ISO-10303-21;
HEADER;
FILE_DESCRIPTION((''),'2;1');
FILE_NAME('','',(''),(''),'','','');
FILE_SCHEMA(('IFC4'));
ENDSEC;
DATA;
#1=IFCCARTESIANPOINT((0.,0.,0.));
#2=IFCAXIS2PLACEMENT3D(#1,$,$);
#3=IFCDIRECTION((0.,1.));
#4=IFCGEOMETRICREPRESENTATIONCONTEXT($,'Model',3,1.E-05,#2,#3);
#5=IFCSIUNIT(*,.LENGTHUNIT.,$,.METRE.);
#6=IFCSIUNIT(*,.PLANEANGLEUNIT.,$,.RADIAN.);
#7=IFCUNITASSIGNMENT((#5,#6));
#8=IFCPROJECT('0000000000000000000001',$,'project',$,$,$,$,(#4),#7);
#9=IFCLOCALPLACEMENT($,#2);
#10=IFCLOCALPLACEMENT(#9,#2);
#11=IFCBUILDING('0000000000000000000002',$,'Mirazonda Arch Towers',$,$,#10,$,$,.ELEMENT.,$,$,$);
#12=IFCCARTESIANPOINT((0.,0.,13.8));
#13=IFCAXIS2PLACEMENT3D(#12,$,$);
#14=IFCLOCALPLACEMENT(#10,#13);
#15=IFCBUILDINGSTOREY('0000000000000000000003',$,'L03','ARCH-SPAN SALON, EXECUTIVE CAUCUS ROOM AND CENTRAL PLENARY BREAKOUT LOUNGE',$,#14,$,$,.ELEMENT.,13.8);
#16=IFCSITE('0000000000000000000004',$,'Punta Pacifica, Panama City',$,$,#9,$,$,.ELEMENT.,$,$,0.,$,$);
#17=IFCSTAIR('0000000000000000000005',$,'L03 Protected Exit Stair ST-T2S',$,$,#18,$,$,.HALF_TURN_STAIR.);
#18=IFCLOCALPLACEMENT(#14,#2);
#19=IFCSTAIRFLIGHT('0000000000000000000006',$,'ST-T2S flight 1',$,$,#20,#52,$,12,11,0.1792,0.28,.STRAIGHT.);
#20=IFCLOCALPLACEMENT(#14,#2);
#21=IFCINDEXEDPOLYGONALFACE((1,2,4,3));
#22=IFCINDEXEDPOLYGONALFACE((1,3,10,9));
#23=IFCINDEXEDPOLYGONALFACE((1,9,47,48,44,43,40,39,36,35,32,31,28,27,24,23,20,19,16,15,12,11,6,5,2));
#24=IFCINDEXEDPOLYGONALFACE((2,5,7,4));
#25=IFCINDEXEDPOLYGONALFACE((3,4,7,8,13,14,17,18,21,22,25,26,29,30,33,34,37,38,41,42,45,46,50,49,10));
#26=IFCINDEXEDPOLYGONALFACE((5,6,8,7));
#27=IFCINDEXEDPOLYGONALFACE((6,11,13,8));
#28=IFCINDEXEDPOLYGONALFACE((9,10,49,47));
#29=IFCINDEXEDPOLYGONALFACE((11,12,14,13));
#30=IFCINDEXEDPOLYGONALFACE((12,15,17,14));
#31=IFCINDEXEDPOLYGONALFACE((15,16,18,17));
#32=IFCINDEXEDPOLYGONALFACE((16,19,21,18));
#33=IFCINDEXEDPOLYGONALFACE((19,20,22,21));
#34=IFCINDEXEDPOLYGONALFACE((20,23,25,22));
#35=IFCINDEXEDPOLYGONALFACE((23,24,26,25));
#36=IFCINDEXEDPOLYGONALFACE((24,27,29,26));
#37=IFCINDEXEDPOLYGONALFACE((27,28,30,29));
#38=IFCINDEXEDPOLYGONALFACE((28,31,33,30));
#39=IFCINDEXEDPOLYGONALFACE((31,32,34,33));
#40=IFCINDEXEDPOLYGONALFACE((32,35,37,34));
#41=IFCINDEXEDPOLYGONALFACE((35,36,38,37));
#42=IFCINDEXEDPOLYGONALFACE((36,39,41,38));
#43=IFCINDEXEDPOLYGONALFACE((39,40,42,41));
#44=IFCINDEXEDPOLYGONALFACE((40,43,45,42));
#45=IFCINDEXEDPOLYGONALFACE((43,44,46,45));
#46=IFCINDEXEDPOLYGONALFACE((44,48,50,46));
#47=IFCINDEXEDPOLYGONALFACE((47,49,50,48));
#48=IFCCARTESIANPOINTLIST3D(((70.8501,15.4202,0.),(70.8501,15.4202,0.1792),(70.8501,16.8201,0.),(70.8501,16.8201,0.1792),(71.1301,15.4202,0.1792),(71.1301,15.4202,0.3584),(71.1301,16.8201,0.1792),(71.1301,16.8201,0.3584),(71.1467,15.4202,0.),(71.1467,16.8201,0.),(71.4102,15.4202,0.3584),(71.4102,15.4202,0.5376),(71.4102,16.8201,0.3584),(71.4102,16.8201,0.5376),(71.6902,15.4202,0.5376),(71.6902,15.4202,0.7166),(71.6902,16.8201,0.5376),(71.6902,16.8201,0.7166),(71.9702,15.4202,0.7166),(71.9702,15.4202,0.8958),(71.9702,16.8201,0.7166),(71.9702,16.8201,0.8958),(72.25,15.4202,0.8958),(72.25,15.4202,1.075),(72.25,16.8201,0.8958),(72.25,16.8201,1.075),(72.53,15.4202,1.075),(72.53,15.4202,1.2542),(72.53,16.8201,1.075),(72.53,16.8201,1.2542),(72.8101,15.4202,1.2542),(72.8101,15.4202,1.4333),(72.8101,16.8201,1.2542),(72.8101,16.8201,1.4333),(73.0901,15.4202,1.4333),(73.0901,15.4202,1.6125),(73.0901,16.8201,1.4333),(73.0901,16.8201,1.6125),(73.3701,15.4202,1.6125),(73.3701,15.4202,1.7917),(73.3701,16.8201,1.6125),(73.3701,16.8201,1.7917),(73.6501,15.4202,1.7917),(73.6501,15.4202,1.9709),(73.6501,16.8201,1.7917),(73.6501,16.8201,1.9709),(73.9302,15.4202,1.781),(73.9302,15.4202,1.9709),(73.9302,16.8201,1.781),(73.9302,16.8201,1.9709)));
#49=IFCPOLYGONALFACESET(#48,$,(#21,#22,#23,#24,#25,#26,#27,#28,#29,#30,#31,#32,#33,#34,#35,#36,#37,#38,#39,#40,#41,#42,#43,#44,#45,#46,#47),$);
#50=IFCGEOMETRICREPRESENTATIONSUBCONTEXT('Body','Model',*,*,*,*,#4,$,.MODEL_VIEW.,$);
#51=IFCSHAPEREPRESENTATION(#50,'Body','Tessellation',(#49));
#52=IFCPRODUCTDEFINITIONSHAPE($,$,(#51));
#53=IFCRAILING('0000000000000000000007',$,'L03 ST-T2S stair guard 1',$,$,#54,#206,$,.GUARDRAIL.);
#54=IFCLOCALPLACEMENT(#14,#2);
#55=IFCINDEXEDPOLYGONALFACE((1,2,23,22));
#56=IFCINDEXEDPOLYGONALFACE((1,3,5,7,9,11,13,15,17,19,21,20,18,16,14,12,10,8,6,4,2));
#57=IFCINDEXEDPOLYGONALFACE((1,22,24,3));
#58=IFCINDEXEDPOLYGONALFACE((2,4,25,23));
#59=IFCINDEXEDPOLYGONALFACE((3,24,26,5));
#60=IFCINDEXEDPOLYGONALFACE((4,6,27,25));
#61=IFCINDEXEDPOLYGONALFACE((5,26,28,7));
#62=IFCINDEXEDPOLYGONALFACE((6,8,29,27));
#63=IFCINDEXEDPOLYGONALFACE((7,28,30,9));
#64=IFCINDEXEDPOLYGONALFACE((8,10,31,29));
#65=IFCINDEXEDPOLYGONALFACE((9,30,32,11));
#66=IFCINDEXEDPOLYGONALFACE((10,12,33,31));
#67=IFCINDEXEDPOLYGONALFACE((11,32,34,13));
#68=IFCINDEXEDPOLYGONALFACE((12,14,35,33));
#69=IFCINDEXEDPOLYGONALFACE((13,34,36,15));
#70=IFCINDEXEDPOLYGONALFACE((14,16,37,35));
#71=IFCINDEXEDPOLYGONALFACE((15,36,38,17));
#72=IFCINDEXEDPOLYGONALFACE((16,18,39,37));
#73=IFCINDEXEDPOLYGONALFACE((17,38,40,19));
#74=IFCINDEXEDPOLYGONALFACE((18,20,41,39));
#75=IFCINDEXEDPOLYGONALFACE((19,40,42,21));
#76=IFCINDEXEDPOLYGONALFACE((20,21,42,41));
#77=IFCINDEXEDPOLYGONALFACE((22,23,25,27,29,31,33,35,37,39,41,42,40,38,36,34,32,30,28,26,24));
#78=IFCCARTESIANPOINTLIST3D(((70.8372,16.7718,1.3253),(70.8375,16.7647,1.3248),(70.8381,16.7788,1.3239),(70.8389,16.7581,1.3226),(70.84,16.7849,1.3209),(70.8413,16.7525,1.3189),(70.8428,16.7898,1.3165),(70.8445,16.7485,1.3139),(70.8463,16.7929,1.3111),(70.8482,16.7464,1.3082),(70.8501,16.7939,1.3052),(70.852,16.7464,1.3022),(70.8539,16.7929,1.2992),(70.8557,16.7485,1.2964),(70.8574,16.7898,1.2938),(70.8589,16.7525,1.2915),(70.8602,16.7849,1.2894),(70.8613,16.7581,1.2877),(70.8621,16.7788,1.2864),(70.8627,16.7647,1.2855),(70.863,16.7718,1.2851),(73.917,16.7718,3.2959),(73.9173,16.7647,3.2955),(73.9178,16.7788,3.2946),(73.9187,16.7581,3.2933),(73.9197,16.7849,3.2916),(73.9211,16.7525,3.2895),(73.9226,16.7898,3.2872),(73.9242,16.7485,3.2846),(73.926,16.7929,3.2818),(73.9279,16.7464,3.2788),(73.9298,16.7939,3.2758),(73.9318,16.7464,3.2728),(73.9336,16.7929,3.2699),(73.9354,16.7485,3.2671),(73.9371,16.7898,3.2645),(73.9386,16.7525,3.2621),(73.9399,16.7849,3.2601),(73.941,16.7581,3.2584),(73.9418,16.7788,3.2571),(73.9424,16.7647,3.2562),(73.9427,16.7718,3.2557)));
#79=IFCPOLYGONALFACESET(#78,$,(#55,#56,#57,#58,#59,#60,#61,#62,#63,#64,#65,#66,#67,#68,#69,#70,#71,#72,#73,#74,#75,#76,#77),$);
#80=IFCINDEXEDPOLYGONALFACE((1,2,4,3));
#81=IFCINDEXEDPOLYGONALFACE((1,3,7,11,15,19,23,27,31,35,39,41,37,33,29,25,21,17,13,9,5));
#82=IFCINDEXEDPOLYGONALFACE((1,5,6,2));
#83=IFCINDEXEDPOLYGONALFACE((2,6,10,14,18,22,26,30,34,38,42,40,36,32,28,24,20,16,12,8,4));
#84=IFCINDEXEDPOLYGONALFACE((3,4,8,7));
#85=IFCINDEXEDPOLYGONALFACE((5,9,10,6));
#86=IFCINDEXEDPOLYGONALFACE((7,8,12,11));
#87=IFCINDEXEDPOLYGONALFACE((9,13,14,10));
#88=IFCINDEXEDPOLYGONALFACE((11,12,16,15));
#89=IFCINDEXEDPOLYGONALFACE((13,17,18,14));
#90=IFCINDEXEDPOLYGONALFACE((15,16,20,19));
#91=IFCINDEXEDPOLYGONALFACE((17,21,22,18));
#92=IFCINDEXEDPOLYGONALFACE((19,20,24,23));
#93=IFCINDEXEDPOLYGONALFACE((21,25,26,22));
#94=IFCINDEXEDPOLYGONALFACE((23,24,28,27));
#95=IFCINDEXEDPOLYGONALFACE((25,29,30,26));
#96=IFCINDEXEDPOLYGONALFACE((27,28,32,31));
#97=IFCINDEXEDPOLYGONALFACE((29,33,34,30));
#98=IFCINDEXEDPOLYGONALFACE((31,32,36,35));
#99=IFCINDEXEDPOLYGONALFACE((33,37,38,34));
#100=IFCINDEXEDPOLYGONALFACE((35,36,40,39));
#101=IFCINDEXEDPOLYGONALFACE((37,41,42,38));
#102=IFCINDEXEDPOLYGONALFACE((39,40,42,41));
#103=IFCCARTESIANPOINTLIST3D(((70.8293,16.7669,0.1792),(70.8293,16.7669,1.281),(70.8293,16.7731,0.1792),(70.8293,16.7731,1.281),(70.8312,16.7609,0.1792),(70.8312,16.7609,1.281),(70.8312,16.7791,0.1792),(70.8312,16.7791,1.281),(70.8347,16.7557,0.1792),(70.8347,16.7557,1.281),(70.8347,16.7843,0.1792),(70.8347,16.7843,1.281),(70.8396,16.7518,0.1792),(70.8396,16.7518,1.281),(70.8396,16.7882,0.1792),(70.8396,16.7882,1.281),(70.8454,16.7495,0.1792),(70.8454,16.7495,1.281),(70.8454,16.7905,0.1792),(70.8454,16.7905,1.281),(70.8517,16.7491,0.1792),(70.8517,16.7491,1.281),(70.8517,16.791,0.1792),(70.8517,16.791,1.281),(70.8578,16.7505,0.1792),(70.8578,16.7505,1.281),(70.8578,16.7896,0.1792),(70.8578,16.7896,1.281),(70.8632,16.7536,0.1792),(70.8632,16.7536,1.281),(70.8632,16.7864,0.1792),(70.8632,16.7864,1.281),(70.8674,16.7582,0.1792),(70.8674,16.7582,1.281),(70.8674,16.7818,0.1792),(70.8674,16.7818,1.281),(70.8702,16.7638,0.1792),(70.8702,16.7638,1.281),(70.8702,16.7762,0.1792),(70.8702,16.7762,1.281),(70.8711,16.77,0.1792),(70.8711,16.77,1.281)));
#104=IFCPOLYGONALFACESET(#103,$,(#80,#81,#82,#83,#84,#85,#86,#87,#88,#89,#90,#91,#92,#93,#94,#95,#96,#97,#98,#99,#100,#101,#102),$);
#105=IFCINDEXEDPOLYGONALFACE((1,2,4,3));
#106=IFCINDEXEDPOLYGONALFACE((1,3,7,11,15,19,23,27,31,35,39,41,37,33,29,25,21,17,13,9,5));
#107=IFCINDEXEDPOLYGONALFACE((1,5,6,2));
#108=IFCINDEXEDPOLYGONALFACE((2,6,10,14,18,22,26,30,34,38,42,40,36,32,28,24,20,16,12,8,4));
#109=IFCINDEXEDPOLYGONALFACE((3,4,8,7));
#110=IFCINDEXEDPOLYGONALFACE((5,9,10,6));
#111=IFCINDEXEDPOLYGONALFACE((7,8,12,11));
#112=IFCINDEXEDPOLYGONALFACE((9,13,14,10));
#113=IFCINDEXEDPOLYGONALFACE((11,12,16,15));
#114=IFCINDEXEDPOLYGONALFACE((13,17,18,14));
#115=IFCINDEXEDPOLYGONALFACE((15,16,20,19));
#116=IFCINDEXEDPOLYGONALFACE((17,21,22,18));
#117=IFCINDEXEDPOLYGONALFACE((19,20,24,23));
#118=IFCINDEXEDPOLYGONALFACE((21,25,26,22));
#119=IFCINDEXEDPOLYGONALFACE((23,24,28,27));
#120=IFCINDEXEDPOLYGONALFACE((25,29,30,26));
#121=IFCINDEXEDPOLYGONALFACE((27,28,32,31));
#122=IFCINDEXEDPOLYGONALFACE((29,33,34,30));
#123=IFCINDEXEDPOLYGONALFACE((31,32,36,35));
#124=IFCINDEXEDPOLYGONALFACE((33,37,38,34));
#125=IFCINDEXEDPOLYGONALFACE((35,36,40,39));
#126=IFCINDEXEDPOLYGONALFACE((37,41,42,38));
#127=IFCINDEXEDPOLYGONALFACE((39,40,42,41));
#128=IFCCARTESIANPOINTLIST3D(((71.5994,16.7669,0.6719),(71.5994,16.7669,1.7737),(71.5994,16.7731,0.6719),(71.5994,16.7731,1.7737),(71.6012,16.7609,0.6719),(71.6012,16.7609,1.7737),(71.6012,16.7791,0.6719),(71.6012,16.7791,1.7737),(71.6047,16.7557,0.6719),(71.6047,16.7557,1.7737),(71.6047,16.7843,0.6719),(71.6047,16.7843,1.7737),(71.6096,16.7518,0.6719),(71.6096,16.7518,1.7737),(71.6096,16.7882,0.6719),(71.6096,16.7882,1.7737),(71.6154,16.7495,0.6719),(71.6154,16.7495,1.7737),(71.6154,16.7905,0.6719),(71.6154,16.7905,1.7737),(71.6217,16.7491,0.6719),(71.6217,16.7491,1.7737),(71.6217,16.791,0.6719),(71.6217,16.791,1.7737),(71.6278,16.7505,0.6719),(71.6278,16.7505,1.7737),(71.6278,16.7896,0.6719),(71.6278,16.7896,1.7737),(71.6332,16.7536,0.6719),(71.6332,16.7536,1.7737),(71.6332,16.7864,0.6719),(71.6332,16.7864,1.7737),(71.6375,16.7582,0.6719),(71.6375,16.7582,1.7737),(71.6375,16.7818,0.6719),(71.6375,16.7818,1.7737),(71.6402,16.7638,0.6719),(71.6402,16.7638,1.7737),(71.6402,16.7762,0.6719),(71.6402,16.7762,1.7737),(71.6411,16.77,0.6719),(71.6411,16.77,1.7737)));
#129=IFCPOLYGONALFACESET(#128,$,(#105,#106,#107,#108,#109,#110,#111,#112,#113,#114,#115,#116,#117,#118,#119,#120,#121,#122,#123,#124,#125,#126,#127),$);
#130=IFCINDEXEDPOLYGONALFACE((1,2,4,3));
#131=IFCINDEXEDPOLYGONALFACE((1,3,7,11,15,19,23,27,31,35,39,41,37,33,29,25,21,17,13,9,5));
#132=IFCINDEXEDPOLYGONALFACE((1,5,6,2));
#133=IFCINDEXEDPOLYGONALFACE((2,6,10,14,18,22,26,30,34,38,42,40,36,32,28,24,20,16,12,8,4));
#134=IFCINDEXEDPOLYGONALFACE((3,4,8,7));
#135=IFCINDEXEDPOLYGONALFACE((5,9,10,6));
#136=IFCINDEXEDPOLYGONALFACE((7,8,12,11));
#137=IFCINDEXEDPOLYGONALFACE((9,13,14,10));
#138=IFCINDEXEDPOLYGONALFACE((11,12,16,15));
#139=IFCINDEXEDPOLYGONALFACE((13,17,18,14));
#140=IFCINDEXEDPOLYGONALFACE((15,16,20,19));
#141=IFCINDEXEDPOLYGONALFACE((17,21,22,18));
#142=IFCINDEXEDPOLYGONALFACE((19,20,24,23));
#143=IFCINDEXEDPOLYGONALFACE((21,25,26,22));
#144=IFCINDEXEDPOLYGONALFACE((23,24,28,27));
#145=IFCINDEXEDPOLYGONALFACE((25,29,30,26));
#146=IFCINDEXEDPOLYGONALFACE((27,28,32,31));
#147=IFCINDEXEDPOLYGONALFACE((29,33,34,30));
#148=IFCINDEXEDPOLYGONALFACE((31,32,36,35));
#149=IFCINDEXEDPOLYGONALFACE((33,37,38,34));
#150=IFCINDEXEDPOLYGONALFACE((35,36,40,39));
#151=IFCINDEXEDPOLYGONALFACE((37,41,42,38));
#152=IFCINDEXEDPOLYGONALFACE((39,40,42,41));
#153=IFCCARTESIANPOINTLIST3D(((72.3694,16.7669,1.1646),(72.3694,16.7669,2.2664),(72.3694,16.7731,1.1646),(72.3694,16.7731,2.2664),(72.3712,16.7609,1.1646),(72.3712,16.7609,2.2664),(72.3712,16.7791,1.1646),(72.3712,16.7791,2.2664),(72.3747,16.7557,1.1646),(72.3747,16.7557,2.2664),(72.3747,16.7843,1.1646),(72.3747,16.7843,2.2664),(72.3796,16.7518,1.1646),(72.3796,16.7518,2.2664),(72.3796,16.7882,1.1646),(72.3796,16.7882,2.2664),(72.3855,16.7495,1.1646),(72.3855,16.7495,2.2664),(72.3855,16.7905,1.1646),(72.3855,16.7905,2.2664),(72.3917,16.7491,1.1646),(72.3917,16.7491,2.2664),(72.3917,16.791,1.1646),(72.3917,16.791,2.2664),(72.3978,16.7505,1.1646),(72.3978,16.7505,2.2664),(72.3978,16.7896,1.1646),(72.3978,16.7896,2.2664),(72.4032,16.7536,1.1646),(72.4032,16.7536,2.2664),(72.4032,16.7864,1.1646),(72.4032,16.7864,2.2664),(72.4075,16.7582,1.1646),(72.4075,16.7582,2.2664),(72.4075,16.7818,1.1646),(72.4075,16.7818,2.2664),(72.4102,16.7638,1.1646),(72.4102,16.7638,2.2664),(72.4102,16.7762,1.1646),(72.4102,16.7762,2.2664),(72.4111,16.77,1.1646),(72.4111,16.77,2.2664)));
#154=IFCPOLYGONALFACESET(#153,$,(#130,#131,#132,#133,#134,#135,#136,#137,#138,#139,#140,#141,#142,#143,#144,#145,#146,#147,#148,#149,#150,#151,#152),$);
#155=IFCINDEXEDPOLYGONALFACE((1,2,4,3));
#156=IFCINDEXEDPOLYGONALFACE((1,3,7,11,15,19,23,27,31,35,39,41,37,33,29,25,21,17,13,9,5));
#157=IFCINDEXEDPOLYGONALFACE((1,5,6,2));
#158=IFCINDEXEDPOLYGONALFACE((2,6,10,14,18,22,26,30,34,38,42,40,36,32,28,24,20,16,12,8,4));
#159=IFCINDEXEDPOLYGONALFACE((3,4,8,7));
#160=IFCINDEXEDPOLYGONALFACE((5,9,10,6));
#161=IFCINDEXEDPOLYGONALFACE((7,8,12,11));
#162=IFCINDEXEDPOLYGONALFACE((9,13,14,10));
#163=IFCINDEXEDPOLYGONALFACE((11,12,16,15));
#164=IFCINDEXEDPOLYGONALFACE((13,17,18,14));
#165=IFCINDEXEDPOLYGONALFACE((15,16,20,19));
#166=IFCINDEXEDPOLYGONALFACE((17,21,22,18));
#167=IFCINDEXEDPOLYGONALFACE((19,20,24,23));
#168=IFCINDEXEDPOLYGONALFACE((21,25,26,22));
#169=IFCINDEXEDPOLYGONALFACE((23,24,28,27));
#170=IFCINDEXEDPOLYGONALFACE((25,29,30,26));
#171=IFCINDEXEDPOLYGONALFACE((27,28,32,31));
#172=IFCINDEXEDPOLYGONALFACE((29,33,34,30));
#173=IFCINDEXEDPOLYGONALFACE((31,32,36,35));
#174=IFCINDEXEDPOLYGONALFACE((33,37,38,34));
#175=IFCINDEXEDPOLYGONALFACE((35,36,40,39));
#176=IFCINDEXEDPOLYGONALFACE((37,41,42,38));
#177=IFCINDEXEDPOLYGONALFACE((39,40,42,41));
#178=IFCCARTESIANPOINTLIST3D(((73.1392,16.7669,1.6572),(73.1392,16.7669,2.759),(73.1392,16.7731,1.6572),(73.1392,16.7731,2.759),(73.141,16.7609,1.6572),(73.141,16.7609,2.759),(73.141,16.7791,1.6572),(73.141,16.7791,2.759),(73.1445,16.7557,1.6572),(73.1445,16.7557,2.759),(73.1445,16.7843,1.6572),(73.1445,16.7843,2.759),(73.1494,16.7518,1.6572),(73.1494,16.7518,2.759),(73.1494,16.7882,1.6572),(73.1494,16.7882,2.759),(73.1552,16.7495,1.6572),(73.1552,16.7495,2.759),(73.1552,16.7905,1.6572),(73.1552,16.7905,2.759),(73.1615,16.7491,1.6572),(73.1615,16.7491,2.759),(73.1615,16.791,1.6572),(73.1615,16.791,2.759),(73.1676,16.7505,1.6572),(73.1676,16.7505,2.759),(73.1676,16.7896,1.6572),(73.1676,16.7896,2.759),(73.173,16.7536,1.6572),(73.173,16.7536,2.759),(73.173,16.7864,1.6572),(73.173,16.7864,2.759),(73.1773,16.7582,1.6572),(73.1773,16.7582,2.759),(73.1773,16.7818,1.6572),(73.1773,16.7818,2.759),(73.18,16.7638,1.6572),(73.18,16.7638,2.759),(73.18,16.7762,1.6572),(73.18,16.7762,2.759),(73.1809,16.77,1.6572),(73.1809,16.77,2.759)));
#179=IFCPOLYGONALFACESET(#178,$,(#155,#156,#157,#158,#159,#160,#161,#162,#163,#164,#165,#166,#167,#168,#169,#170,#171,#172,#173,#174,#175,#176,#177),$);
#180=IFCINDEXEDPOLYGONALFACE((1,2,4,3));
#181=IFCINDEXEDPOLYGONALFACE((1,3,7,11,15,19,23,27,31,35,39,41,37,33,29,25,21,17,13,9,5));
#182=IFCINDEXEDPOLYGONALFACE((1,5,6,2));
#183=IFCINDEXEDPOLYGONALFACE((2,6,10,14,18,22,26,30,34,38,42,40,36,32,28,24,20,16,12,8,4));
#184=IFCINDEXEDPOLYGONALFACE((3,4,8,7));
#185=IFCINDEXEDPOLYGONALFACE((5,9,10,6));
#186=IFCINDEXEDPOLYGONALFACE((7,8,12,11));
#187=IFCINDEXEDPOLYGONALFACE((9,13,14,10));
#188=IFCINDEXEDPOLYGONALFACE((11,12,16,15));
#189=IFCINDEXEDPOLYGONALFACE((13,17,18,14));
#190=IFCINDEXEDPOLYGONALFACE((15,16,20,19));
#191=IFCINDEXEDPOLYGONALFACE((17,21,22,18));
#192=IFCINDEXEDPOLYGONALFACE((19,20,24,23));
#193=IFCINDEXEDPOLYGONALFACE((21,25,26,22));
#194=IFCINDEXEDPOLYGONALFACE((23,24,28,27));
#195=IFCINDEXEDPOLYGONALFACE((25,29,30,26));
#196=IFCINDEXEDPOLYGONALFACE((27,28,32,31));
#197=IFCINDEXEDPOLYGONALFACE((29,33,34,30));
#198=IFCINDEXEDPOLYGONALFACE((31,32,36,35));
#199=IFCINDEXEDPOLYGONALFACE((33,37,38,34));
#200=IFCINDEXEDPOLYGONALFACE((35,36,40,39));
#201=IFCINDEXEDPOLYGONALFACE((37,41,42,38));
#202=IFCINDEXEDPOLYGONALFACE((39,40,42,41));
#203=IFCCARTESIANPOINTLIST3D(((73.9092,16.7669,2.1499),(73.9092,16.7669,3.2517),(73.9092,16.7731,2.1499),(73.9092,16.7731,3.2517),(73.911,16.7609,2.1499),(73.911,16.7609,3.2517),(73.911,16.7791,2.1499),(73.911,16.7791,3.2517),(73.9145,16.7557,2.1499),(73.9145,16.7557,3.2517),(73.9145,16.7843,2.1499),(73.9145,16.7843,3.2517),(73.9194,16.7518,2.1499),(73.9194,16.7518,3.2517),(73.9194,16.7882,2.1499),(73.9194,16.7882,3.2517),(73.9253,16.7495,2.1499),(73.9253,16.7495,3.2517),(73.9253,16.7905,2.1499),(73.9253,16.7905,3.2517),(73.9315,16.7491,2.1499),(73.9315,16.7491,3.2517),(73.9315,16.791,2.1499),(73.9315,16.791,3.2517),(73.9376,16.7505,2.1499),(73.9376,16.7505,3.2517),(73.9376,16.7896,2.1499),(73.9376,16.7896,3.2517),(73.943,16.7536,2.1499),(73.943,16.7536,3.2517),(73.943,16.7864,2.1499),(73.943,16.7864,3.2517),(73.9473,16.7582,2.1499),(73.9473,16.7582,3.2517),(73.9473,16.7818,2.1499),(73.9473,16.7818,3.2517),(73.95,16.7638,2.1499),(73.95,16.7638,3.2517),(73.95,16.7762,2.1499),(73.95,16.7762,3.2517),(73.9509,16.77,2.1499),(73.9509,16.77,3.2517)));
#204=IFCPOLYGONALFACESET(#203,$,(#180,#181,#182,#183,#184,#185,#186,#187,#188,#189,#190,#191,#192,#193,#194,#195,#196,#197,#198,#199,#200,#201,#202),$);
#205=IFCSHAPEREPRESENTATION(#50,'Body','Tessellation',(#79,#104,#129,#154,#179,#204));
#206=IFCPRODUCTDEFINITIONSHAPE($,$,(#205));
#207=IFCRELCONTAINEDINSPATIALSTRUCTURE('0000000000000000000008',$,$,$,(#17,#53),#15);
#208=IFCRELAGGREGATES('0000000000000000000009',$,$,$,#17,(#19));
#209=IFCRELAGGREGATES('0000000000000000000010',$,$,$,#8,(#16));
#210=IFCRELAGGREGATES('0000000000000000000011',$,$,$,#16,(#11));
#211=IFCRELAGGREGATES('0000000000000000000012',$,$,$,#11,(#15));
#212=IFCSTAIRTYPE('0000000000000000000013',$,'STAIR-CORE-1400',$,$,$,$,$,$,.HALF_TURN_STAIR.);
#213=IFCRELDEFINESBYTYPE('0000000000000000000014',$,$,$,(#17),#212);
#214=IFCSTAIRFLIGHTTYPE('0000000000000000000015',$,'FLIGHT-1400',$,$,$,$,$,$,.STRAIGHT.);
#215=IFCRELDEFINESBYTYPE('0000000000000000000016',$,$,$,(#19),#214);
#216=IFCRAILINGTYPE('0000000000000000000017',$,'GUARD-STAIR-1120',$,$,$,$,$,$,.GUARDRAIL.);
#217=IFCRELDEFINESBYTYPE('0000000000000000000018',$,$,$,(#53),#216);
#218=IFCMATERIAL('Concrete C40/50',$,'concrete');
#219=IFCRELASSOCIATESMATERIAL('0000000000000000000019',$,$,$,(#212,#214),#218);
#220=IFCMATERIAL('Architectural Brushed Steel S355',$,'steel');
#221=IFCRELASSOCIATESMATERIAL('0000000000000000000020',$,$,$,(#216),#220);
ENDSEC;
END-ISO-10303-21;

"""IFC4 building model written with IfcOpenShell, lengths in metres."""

from ifc_helpers import new_model, si_unit, direction, frame, origin, origin_2d, place, context, subcontext, project, spatial, polyline, circle, outline, extrude, material, type_object, element, aggregate, save


model = new_model("IFC4")

# Units and contexts
model_context = context("Model", 3, precision=1e-05, world=origin(), true_north=direction((0.0, 1.0)))
body_context = subcontext(model_context, "Body", "Model", "MODEL_VIEW")
ifc_project = project(units=[si_unit("LENGTHUNIT", "METRE"), si_unit("PLANEANGLEUNIT", "RADIAN")], contexts=[model_context])

# Site, building, storey
site_placement = place(None, origin())
site = spatial("IfcSite", under=ifc_project, at=site_placement, Name="Punta Pacifica, Panama City", CompositionType="ELEMENT", RefElevation=0.0)
building_placement = place(site_placement, origin())
building = spatial("IfcBuilding", under=site, at=building_placement, Name="Mirazonda Arch Towers", CompositionType="ELEMENT")
storey_placement = place(building_placement, frame((0.0, 0.0, 13.8)))
storey = spatial("IfcBuildingStorey", under=building, at=storey_placement, Name="L03", Description="ARCH-SPAN SALON, EXECUTIVE CAUCUS ROOM AND CENTRAL PLENARY BREAKOUT LOUNGE", CompositionType="ELEMENT", Elevation=13.8)

# Shared definitions
ifc_material_1 = material(Name="Architectural Brushed Steel S355", Category="steel")

# Stair, stair flight
ifc_material_2 = material(Name="Concrete C40/50", Category="concrete")
stair_type = type_object("IfcStairType", Name="STAIR-CORE-1400", PredefinedType="HALF_TURN_STAIR", material=ifc_material_2)
stair_placement = place(storey_placement, origin())
stair = element("IfcStair", 1, at=stair_placement, inside=storey, type_object=stair_type, Name="L03 Protected Exit Stair ST-T2S", PredefinedType="HALF_TURN_STAIR")
stair_flight_type = type_object("IfcStairFlightType", Name="FLIGHT-1400", PredefinedType="STRAIGHT", material=ifc_material_2)
stair_flight_placement = place(storey_placement, frame((70.8501, 16.1201, 0.0), z_axis=(0.0, 0.0, 1.0), x_axis=(1.0, 0.0, 0.0)))
stair_flight = element("IfcStairFlight", 2, at=stair_flight_placement, type_object=stair_flight_type, Name="ST-T2S flight 1", NumberOfRisers=12, NumberOfTreads=11, PredefinedType="STRAIGHT", RiserHeight=0.1792, TreadLength=0.28, context=body_context, shape_type="SweptSolid", body=[
    extrude(outline(polyline([(0.0, 0.0), (0.0, 0.1792), (0.28, 0.1792), (0.28, 0.3584), (0.5601, 0.3584), (0.5601, 0.5376), (0.8401, 0.5376), (0.8401, 0.7166), (1.1201, 0.7166), (1.1201, 0.8958), (1.3999, 0.8958), (1.3999, 1.075), (1.6799, 1.075), (1.6799, 1.2542), (1.96, 1.2542), (1.96, 1.4333), (2.24, 1.4333), (2.24, 1.6125), (2.52, 1.6125), (2.52, 1.7917), (2.8, 1.7917), (2.8, 1.9709), (3.0801, 1.9709), (3.0801, 2.1499), (3.0801, 1.781), (0.2966, 0.0), (0.0, 0.0)])), frame((0.0, 0.7, 0.0), z_axis=(0.0, -1.0, 0.0), x_axis=(1.0, 0.0, 0.0)), (0.0, 0.0, 1.0), 1.3999),
])
aggregate(stair, [stair_flight])

# Railing
railing_type_1 = type_object("IfcRailingType", Name="GUARD-STAIR-1120", PredefinedType="GUARDRAIL", material=ifc_material_1)
railing_1_placement = place(storey_placement, frame((70.8501, 16.77, 0.1792)))
element("IfcRailing", 3, at=railing_1_placement, inside=storey, type_object=railing_type_1, Name="L03 ST-T2S stair guard 1", PredefinedType="GUARDRAIL", context=body_context, shape_type="SweptSolid", body=[
    extrude(circle(Radius=0.0239, at=origin_2d()), frame((0.0, 0.0, 1.126), z_axis=(0.84232, 0.0, 0.538978), x_axis=(0.0, 1.0, 0.0)), (0.0, 0.0, 1.0), 3.6562),
    extrude(circle(Radius=0.021, at=origin_2d()), origin(), (0.0, 0.0, 1.0), 1.1018),
    extrude(circle(Radius=0.021, at=origin_2d()), frame((0.77, 0.0, 0.4927)), (0.0, 0.0, 1.0), 1.1018),
    extrude(circle(Radius=0.021, at=origin_2d()), frame((1.54, 0.0, 0.9854)), (0.0, 0.0, 1.0), 1.1018),
    extrude(circle(Radius=0.021, at=origin_2d()), frame((2.3098, 0.0, 1.478)), (0.0, 0.0, 1.0), 1.1018),
    extrude(circle(Radius=0.021, at=origin_2d()), frame((3.0798, 0.0, 1.9707)), (0.0, 0.0, 1.0), 1.1018),
])

save(model, "model.ifc")
